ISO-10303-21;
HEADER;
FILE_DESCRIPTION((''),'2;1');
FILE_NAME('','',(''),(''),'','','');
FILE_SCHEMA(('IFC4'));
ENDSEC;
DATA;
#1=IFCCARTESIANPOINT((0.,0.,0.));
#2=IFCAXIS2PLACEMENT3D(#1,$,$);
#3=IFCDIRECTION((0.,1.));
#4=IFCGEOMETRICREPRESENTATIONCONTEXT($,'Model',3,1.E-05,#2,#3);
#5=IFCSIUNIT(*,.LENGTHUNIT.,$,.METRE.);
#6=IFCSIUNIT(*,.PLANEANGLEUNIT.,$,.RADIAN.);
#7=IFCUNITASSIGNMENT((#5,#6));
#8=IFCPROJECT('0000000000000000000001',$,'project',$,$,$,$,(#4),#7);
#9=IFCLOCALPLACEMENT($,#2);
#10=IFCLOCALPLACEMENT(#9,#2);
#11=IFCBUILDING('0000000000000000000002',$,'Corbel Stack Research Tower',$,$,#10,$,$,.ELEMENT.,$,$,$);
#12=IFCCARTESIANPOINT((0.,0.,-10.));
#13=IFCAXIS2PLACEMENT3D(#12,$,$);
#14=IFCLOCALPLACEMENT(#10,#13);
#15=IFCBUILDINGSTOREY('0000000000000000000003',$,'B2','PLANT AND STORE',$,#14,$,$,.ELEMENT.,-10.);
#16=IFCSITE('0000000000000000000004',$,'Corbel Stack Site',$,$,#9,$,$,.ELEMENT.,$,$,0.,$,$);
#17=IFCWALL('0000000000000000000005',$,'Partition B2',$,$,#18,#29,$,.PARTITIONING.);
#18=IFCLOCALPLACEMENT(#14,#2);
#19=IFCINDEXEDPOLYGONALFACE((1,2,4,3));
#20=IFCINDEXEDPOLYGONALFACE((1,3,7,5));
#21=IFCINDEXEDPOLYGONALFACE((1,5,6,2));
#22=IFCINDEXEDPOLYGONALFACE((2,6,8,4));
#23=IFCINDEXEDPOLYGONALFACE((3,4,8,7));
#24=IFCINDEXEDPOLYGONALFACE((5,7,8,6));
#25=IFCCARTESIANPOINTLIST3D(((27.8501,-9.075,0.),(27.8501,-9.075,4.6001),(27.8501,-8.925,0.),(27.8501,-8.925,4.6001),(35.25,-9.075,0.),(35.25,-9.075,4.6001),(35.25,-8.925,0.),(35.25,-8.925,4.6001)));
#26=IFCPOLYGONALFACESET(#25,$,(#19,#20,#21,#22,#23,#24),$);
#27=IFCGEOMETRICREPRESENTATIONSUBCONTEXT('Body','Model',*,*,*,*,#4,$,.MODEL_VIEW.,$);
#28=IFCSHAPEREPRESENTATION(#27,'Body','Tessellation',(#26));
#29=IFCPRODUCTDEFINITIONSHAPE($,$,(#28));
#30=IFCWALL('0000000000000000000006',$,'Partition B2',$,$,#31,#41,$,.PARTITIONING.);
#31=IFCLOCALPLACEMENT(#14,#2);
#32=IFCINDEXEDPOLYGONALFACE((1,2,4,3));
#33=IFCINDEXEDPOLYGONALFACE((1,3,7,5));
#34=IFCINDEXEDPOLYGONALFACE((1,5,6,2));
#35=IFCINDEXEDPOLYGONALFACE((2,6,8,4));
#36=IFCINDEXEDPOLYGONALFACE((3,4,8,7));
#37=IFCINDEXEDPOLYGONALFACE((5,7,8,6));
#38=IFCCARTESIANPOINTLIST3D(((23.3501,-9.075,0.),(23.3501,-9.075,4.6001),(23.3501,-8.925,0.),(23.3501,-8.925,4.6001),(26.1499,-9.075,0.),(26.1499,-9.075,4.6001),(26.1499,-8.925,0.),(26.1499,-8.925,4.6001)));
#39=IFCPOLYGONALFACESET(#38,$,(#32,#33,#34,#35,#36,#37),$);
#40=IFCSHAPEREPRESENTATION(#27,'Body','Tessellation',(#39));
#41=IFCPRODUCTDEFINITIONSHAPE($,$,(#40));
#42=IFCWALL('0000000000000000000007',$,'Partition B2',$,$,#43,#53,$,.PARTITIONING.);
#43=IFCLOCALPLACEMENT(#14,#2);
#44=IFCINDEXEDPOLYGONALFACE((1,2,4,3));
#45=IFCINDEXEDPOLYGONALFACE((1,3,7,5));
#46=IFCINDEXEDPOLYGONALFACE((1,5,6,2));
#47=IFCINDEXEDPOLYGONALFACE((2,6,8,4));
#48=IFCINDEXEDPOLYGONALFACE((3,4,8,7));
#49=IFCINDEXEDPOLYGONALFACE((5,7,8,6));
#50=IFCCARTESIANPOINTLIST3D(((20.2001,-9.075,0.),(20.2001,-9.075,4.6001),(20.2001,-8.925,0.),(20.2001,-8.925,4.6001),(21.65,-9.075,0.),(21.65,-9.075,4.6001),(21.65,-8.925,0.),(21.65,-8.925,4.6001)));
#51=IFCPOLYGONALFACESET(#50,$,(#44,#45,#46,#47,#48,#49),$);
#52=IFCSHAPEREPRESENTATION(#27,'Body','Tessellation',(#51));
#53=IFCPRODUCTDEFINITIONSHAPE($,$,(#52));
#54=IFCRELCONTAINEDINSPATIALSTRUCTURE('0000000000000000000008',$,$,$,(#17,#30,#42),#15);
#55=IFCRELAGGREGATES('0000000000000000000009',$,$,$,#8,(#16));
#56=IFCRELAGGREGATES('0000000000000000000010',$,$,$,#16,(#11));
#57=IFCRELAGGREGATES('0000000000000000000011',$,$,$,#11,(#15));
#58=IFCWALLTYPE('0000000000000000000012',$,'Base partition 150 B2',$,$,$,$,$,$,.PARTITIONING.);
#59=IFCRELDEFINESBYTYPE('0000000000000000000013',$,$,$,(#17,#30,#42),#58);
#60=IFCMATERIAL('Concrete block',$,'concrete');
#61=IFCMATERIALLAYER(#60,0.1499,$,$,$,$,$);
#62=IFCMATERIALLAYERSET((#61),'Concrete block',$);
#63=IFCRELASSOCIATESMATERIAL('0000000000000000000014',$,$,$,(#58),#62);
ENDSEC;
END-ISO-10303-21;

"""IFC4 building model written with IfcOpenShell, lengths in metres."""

from ifc_helpers import new_model, si_unit, direction, frame, frame_2d, origin, place, context, subcontext, project, spatial, rectangle, extrude, material, layer, layer_set, type_object, element, save


model = new_model("IFC4")

# Units and contexts
model_context = context("Model", 3, precision=1e-05, world=origin(), true_north=direction((0.0, 1.0)))
body_context = subcontext(model_context, "Body", "Model", "MODEL_VIEW")
ifc_project = project(units=[si_unit("LENGTHUNIT", "METRE"), si_unit("PLANEANGLEUNIT", "RADIAN")], contexts=[model_context])

# Site, building, storey
site_placement = place(None, origin())
site = spatial("IfcSite", under=ifc_project, at=site_placement, Name="Corbel Stack Site", CompositionType="ELEMENT", RefElevation=0.0)
building_placement = place(site_placement, origin())
building = spatial("IfcBuilding", under=site, at=building_placement, Name="Corbel Stack Research Tower", CompositionType="ELEMENT")
storey_placement = place(building_placement, frame((0.0, 0.0, -10.0)))
storey = spatial("IfcBuildingStorey", under=building, at=storey_placement, Name="B2", Description="PLANT AND STORE", CompositionType="ELEMENT", Elevation=-10.0)

# Shared definitions
ifc_material_1 = material(Name="Concrete block", Category="concrete")
ifc_layer_1 = layer(ifc_material_1, 0.1499)
ifc_layer_set_1 = layer_set([ifc_layer_1], Name="Concrete block")
wall_type_1 = type_object("IfcWallType", Name="Base partition 150 B2", PredefinedType="PARTITIONING", material=ifc_layer_set_1)

# Walls
wall_1_placement = place(storey_placement, frame((27.8501, -9.0, 0.0), z_axis=(0.0, 0.0, 1.0), x_axis=(1.0, 0.0, 0.0)))
element("IfcWall", 1, at=wall_1_placement, inside=storey, type_object=wall_type_1, Name="Partition B2", PredefinedType="PARTITIONING", context=body_context, shape_type="SweptSolid", body=[
    extrude(rectangle(XDim=7.3999, YDim=0.1499, at=frame_2d((3.7, 0.0))), origin(), (0.0, 0.0, 1.0), 4.6001),
])
wall_2_placement = place(storey_placement, frame((23.3501, -9.0, 0.0), z_axis=(0.0, 0.0, 1.0), x_axis=(1.0, 0.0, 0.0)))
element("IfcWall", 2, at=wall_2_placement, inside=storey, type_object=wall_type_1, Name="Partition B2", PredefinedType="PARTITIONING", context=body_context, shape_type="SweptSolid", body=[
    extrude(rectangle(XDim=2.7998, YDim=0.1499, at=frame_2d((1.3999, 0.0))), origin(), (0.0, 0.0, 1.0), 4.6001),
])
wall_3_placement = place(storey_placement, frame((20.2, -9.0, 0.0), z_axis=(0.0, 0.0, 1.0), x_axis=(1.0, 0.0, 0.0)))
element("IfcWall", 3, at=wall_3_placement, inside=storey, type_object=wall_type_1, Name="Partition B2", PredefinedType="PARTITIONING", context=body_context, shape_type="SweptSolid", body=[
    extrude(rectangle(XDim=1.45, YDim=0.1499, at=frame_2d((0.7251, 0.0))), origin(), (0.0, 0.0, 1.0), 4.6001),
])

save(model, "model.ifc")
